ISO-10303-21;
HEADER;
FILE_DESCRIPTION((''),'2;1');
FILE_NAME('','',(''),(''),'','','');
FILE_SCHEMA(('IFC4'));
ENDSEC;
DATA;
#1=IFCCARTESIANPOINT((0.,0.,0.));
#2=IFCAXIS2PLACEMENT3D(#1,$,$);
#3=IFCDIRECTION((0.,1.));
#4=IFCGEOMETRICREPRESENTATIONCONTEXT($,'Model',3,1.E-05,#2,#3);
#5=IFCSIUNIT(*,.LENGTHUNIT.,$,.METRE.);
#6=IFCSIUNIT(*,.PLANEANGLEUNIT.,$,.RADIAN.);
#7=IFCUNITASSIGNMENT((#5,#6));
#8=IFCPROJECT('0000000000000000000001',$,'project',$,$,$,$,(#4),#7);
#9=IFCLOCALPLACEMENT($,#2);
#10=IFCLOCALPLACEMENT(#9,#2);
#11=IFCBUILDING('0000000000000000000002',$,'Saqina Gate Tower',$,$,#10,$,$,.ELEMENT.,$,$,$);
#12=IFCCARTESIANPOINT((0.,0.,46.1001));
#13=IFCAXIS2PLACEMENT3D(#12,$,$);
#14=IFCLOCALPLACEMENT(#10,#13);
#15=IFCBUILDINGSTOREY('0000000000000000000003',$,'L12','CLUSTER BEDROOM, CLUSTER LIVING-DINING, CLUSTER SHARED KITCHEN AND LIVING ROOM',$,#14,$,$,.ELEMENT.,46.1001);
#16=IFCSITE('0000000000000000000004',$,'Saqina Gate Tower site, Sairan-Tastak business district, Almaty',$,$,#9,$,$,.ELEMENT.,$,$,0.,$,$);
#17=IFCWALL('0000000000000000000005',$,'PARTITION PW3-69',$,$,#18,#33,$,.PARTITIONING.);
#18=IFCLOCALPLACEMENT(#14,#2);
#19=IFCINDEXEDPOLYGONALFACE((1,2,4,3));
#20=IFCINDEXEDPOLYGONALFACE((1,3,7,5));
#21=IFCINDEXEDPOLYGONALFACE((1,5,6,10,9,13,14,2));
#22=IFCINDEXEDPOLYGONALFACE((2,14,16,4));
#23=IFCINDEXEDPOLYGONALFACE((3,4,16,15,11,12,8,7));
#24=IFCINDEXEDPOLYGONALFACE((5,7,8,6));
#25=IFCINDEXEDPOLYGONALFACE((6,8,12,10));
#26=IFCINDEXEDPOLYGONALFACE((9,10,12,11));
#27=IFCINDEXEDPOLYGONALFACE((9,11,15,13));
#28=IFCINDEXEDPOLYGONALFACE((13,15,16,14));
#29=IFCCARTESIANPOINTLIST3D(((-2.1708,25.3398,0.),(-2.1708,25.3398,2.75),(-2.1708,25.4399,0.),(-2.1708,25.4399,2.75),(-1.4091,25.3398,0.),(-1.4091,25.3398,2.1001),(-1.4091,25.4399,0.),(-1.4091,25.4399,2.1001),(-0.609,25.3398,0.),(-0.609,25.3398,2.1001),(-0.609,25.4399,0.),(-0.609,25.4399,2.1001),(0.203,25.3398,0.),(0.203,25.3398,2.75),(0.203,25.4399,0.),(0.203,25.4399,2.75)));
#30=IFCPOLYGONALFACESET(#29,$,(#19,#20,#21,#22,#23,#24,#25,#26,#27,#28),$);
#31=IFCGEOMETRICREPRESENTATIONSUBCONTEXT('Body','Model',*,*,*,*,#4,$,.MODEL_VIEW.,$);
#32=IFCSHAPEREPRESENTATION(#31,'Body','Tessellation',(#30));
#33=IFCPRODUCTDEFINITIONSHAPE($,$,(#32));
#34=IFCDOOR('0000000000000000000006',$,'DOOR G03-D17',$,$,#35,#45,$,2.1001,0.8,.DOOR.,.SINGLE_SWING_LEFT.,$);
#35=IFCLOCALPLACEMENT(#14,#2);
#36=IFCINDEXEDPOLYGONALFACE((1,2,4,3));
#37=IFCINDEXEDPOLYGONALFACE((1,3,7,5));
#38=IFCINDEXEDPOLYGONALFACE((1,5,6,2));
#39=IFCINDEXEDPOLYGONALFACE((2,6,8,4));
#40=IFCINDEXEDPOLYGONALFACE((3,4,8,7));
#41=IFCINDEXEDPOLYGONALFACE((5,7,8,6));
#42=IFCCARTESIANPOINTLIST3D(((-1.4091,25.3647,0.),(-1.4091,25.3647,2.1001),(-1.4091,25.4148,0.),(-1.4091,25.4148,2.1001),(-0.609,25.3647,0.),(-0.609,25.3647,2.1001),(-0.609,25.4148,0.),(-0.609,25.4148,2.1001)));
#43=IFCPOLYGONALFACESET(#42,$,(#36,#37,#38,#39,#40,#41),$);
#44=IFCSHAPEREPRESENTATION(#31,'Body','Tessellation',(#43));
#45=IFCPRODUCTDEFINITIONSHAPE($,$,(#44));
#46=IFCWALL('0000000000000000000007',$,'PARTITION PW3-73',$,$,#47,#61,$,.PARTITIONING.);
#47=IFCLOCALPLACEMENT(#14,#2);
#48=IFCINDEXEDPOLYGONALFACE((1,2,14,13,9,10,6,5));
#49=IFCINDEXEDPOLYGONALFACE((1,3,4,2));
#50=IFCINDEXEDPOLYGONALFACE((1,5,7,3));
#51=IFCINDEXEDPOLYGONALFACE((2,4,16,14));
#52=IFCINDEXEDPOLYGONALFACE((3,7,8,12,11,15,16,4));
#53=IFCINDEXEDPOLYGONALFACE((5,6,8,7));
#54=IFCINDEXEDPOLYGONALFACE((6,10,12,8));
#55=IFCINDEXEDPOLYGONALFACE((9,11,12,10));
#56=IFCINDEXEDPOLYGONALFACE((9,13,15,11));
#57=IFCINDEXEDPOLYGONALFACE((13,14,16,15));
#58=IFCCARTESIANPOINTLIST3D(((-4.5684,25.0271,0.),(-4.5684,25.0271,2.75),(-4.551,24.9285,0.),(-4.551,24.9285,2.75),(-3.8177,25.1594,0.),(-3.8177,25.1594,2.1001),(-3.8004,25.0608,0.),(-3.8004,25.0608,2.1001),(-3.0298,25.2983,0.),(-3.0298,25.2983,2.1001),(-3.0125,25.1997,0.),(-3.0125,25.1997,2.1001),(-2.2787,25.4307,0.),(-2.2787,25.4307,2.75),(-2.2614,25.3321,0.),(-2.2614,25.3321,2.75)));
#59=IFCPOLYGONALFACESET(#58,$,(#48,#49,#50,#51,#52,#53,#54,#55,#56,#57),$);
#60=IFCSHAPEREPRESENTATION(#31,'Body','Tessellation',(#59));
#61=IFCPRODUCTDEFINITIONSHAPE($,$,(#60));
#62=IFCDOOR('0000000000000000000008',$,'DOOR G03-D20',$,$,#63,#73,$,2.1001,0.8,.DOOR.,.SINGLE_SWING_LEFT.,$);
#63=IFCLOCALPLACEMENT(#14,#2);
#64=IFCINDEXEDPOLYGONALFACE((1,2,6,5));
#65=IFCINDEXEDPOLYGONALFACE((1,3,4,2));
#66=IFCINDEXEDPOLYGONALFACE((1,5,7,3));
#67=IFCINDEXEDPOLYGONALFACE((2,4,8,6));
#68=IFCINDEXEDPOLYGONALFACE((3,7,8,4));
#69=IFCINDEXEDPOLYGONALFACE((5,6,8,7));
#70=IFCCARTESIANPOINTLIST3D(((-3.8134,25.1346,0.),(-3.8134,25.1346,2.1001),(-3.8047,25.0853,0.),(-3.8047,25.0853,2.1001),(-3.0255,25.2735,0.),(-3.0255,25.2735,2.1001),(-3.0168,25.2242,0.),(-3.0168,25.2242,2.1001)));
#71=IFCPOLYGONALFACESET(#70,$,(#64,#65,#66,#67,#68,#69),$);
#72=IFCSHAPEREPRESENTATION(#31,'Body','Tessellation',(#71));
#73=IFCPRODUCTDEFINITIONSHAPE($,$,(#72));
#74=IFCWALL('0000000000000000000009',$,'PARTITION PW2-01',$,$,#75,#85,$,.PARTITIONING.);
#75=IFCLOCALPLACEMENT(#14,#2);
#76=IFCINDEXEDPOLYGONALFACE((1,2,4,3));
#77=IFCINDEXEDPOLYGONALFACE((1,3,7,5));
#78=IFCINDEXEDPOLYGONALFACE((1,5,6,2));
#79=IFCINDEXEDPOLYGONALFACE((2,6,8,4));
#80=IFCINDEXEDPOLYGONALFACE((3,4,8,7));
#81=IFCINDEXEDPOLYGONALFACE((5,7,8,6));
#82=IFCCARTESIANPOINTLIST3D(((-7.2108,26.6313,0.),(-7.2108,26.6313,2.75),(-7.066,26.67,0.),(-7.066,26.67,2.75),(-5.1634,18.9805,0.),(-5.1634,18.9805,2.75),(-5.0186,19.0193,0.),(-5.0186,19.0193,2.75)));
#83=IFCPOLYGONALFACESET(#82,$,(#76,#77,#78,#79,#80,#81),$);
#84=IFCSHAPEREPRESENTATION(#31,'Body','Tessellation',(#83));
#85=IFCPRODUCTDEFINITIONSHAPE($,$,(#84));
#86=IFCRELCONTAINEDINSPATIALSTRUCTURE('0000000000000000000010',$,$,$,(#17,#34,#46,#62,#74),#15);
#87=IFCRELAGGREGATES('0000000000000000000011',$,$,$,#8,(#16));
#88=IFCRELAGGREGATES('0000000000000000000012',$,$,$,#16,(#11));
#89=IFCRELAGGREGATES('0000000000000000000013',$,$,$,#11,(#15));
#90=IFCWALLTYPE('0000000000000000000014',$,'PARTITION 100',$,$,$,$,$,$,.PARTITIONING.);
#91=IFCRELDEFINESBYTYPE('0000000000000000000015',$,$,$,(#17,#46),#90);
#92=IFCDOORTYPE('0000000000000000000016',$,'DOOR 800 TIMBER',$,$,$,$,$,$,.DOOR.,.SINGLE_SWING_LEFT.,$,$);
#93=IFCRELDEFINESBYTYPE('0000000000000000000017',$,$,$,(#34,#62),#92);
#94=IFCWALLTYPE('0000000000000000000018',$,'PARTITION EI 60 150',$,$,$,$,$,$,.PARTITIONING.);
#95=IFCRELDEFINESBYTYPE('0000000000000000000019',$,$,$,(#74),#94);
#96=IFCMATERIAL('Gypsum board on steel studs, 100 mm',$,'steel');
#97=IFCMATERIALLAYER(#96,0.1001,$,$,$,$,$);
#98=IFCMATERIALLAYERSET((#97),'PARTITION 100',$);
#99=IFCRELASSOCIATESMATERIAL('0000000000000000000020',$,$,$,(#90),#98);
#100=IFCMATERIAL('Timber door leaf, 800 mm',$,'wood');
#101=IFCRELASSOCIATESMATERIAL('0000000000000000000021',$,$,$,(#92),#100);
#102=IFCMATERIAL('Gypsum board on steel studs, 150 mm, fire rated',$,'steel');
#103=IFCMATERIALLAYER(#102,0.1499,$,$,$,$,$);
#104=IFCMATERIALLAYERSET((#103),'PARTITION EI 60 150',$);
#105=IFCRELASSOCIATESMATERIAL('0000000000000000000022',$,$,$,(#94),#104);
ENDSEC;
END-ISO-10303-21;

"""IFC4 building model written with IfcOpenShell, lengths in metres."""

from ifc_helpers import new_model, si_unit, direction, frame, frame_2d, origin, place, context, subcontext, project, spatial, rectangle, extrude, material, layer, layer_set, type_object, element, fill, save


model = new_model("IFC4")

# Units and contexts
model_context = context("Model", 3, precision=1e-05, world=origin(), true_north=direction((0.0, 1.0)))
body_context = subcontext(model_context, "Body", "Model", "MODEL_VIEW")
ifc_project = project(units=[si_unit("LENGTHUNIT", "METRE"), si_unit("PLANEANGLEUNIT", "RADIAN")], contexts=[model_context])

# Site, building, storey
site_placement = place(None, origin())
site = spatial("IfcSite", under=ifc_project, at=site_placement, Name="Saqina Gate Tower site, Sairan-Tastak business district, Almaty", CompositionType="ELEMENT", RefElevation=0.0)
building_placement = place(site_placement, origin())
building = spatial("IfcBuilding", under=site, at=building_placement, Name="Saqina Gate Tower", CompositionType="ELEMENT")
storey_placement = place(building_placement, frame((0.0, 0.0, 46.1001)))
storey = spatial("IfcBuildingStorey", under=building, at=storey_placement, Name="L12", Description="CLUSTER BEDROOM, CLUSTER LIVING-DINING, CLUSTER SHARED KITCHEN AND LIVING ROOM", CompositionType="ELEMENT", Elevation=46.1001)

# Shared definitions
ifc_material_1 = material(Name="Gypsum board on steel studs, 100 mm", Category="steel")
ifc_layer_1 = layer(ifc_material_1, 0.1001)
ifc_layer_set_1 = layer_set([ifc_layer_1], Name="PARTITION 100")
wall_type_1 = type_object("IfcWallType", Name="PARTITION 100", PredefinedType="PARTITIONING", material=ifc_layer_set_1)

# Walls, openings, doors
wall_1_placement = place(storey_placement, frame((-2.1709, 25.3899, 0.0), z_axis=(0.0, 0.0, 1.0), x_axis=(1.0, 0.0, 0.0)))
wall_1 = element("IfcWall", 1, at=wall_1_placement, inside=storey, type_object=wall_type_1, Name="PARTITION PW3-69", PredefinedType="PARTITIONING", context=body_context, shape_type="SweptSolid", body=[
    extrude(rectangle(XDim=2.3738, YDim=0.1001, at=frame_2d((1.187, 0.0))), origin(), (0.0, 0.0, 1.0), 2.75),
])
opening_1_placement = place(wall_1_placement, frame((0.762, 0.0, 0.0)))
opening_1 = element("IfcOpeningElement", 2, at=opening_1_placement, cuts=wall_1, PredefinedType="OPENING", context=body_context, shape_type="SweptSolid", body=[
    extrude(rectangle(XDim=0.8, YDim=2.1001, at=frame_2d((0.3999, 1.05))), frame((0.0, 0.062, 0.0), z_axis=(0.0, -1.0, 0.0), x_axis=(1.0, 0.0, 0.0)), (0.0, 0.0, 1.0), 0.124),
])
ifc_material_2 = material(Name="Timber door leaf, 800 mm", Category="wood")
door_type = type_object("IfcDoorType", Name="DOOR 800 TIMBER", OperationType="SINGLE_SWING_LEFT", PredefinedType="DOOR", material=ifc_material_2)
door_1_placement = place(opening_1_placement, origin())
door_1 = element("IfcDoor", 3, at=door_1_placement, inside=storey, type_object=door_type, Name="DOOR G03-D17", OperationType="SINGLE_SWING_LEFT", OverallHeight=2.1001, OverallWidth=0.8, PredefinedType="DOOR", context=body_context, shape_type="SweptSolid", body=[
    extrude(rectangle(XDim=0.8, YDim=2.1001, at=frame_2d((0.3999, 1.05))), frame((0.0, 0.0249, 0.0), z_axis=(0.0, -1.0, 0.0), x_axis=(1.0, 0.0, 0.0)), (0.0, 0.0, 1.0), 0.05),
])
fill(opening_1, door_1)
wall_2_placement = place(storey_placement, frame((-4.5598, 24.9778, 0.0), z_axis=(0.0, 0.0, 1.0), x_axis=(0.984818, 0.173588, 0.0)))
wall_2 = element("IfcWall", 4, at=wall_2_placement, inside=storey, type_object=wall_type_1, Name="PARTITION PW3-73", PredefinedType="PARTITIONING", context=body_context, shape_type="SweptSolid", body=[
    extrude(rectangle(XDim=2.325, YDim=0.1001, at=frame_2d((1.1626, 0.0))), origin(), (0.0, 0.0, 1.0), 2.75),
])
opening_2_placement = place(wall_2_placement, frame((0.7625, 0.0, 0.0)))
opening_2 = element("IfcOpeningElement", 5, at=opening_2_placement, cuts=wall_2, PredefinedType="OPENING", context=body_context, shape_type="SweptSolid", body=[
    extrude(rectangle(XDim=0.8, YDim=2.1001, at=frame_2d((0.3999, 1.05))), frame((0.0, 0.062, 0.0), z_axis=(0.0, -1.0, 0.0), x_axis=(1.0, 0.0, 0.0)), (0.0, 0.0, 1.0), 0.124),
])
door_2_placement = place(opening_2_placement, origin())
door_2 = element("IfcDoor", 6, at=door_2_placement, inside=storey, type_object=door_type, Name="DOOR G03-D20", OperationType="SINGLE_SWING_LEFT", OverallHeight=2.1001, OverallWidth=0.8, PredefinedType="DOOR", context=body_context, shape_type="SweptSolid", body=[
    extrude(rectangle(XDim=0.8, YDim=2.1001, at=frame_2d((0.3999, 1.05))), frame((0.0, 0.0249, 0.0), z_axis=(0.0, -1.0, 0.0), x_axis=(1.0, 0.0, 0.0)), (0.0, 0.0, 1.0), 0.05),
])
fill(opening_2, door_2)

# Wall
ifc_material_3 = material(Name="Gypsum board on steel studs, 150 mm, fire rated", Category="steel")
ifc_layer_2 = layer(ifc_material_3, 0.1499)
ifc_layer_set_2 = layer_set([ifc_layer_2], Name="PARTITION EI 60 150")
wall_type_2 = type_object("IfcWallType", Name="PARTITION EI 60 150", PredefinedType="PARTITIONING", material=ifc_layer_set_2)
wall_3_placement = place(storey_placement, frame((-7.1384, 26.6506, 0.0), z_axis=(0.0, 0.0, 1.0), x_axis=(0.258511, -0.966008, 0.0)))
element("IfcWall", 7, at=wall_3_placement, inside=storey, type_object=wall_type_2, Name="PARTITION PW2-01", PredefinedType="PARTITIONING", context=body_context, shape_type="SweptSolid", body=[
    extrude(rectangle(XDim=7.9199, YDim=0.1499, at=frame_2d((3.96, 0.0))), origin(), (0.0, 0.0, 1.0), 2.75),
])

save(model, "model.ifc")
